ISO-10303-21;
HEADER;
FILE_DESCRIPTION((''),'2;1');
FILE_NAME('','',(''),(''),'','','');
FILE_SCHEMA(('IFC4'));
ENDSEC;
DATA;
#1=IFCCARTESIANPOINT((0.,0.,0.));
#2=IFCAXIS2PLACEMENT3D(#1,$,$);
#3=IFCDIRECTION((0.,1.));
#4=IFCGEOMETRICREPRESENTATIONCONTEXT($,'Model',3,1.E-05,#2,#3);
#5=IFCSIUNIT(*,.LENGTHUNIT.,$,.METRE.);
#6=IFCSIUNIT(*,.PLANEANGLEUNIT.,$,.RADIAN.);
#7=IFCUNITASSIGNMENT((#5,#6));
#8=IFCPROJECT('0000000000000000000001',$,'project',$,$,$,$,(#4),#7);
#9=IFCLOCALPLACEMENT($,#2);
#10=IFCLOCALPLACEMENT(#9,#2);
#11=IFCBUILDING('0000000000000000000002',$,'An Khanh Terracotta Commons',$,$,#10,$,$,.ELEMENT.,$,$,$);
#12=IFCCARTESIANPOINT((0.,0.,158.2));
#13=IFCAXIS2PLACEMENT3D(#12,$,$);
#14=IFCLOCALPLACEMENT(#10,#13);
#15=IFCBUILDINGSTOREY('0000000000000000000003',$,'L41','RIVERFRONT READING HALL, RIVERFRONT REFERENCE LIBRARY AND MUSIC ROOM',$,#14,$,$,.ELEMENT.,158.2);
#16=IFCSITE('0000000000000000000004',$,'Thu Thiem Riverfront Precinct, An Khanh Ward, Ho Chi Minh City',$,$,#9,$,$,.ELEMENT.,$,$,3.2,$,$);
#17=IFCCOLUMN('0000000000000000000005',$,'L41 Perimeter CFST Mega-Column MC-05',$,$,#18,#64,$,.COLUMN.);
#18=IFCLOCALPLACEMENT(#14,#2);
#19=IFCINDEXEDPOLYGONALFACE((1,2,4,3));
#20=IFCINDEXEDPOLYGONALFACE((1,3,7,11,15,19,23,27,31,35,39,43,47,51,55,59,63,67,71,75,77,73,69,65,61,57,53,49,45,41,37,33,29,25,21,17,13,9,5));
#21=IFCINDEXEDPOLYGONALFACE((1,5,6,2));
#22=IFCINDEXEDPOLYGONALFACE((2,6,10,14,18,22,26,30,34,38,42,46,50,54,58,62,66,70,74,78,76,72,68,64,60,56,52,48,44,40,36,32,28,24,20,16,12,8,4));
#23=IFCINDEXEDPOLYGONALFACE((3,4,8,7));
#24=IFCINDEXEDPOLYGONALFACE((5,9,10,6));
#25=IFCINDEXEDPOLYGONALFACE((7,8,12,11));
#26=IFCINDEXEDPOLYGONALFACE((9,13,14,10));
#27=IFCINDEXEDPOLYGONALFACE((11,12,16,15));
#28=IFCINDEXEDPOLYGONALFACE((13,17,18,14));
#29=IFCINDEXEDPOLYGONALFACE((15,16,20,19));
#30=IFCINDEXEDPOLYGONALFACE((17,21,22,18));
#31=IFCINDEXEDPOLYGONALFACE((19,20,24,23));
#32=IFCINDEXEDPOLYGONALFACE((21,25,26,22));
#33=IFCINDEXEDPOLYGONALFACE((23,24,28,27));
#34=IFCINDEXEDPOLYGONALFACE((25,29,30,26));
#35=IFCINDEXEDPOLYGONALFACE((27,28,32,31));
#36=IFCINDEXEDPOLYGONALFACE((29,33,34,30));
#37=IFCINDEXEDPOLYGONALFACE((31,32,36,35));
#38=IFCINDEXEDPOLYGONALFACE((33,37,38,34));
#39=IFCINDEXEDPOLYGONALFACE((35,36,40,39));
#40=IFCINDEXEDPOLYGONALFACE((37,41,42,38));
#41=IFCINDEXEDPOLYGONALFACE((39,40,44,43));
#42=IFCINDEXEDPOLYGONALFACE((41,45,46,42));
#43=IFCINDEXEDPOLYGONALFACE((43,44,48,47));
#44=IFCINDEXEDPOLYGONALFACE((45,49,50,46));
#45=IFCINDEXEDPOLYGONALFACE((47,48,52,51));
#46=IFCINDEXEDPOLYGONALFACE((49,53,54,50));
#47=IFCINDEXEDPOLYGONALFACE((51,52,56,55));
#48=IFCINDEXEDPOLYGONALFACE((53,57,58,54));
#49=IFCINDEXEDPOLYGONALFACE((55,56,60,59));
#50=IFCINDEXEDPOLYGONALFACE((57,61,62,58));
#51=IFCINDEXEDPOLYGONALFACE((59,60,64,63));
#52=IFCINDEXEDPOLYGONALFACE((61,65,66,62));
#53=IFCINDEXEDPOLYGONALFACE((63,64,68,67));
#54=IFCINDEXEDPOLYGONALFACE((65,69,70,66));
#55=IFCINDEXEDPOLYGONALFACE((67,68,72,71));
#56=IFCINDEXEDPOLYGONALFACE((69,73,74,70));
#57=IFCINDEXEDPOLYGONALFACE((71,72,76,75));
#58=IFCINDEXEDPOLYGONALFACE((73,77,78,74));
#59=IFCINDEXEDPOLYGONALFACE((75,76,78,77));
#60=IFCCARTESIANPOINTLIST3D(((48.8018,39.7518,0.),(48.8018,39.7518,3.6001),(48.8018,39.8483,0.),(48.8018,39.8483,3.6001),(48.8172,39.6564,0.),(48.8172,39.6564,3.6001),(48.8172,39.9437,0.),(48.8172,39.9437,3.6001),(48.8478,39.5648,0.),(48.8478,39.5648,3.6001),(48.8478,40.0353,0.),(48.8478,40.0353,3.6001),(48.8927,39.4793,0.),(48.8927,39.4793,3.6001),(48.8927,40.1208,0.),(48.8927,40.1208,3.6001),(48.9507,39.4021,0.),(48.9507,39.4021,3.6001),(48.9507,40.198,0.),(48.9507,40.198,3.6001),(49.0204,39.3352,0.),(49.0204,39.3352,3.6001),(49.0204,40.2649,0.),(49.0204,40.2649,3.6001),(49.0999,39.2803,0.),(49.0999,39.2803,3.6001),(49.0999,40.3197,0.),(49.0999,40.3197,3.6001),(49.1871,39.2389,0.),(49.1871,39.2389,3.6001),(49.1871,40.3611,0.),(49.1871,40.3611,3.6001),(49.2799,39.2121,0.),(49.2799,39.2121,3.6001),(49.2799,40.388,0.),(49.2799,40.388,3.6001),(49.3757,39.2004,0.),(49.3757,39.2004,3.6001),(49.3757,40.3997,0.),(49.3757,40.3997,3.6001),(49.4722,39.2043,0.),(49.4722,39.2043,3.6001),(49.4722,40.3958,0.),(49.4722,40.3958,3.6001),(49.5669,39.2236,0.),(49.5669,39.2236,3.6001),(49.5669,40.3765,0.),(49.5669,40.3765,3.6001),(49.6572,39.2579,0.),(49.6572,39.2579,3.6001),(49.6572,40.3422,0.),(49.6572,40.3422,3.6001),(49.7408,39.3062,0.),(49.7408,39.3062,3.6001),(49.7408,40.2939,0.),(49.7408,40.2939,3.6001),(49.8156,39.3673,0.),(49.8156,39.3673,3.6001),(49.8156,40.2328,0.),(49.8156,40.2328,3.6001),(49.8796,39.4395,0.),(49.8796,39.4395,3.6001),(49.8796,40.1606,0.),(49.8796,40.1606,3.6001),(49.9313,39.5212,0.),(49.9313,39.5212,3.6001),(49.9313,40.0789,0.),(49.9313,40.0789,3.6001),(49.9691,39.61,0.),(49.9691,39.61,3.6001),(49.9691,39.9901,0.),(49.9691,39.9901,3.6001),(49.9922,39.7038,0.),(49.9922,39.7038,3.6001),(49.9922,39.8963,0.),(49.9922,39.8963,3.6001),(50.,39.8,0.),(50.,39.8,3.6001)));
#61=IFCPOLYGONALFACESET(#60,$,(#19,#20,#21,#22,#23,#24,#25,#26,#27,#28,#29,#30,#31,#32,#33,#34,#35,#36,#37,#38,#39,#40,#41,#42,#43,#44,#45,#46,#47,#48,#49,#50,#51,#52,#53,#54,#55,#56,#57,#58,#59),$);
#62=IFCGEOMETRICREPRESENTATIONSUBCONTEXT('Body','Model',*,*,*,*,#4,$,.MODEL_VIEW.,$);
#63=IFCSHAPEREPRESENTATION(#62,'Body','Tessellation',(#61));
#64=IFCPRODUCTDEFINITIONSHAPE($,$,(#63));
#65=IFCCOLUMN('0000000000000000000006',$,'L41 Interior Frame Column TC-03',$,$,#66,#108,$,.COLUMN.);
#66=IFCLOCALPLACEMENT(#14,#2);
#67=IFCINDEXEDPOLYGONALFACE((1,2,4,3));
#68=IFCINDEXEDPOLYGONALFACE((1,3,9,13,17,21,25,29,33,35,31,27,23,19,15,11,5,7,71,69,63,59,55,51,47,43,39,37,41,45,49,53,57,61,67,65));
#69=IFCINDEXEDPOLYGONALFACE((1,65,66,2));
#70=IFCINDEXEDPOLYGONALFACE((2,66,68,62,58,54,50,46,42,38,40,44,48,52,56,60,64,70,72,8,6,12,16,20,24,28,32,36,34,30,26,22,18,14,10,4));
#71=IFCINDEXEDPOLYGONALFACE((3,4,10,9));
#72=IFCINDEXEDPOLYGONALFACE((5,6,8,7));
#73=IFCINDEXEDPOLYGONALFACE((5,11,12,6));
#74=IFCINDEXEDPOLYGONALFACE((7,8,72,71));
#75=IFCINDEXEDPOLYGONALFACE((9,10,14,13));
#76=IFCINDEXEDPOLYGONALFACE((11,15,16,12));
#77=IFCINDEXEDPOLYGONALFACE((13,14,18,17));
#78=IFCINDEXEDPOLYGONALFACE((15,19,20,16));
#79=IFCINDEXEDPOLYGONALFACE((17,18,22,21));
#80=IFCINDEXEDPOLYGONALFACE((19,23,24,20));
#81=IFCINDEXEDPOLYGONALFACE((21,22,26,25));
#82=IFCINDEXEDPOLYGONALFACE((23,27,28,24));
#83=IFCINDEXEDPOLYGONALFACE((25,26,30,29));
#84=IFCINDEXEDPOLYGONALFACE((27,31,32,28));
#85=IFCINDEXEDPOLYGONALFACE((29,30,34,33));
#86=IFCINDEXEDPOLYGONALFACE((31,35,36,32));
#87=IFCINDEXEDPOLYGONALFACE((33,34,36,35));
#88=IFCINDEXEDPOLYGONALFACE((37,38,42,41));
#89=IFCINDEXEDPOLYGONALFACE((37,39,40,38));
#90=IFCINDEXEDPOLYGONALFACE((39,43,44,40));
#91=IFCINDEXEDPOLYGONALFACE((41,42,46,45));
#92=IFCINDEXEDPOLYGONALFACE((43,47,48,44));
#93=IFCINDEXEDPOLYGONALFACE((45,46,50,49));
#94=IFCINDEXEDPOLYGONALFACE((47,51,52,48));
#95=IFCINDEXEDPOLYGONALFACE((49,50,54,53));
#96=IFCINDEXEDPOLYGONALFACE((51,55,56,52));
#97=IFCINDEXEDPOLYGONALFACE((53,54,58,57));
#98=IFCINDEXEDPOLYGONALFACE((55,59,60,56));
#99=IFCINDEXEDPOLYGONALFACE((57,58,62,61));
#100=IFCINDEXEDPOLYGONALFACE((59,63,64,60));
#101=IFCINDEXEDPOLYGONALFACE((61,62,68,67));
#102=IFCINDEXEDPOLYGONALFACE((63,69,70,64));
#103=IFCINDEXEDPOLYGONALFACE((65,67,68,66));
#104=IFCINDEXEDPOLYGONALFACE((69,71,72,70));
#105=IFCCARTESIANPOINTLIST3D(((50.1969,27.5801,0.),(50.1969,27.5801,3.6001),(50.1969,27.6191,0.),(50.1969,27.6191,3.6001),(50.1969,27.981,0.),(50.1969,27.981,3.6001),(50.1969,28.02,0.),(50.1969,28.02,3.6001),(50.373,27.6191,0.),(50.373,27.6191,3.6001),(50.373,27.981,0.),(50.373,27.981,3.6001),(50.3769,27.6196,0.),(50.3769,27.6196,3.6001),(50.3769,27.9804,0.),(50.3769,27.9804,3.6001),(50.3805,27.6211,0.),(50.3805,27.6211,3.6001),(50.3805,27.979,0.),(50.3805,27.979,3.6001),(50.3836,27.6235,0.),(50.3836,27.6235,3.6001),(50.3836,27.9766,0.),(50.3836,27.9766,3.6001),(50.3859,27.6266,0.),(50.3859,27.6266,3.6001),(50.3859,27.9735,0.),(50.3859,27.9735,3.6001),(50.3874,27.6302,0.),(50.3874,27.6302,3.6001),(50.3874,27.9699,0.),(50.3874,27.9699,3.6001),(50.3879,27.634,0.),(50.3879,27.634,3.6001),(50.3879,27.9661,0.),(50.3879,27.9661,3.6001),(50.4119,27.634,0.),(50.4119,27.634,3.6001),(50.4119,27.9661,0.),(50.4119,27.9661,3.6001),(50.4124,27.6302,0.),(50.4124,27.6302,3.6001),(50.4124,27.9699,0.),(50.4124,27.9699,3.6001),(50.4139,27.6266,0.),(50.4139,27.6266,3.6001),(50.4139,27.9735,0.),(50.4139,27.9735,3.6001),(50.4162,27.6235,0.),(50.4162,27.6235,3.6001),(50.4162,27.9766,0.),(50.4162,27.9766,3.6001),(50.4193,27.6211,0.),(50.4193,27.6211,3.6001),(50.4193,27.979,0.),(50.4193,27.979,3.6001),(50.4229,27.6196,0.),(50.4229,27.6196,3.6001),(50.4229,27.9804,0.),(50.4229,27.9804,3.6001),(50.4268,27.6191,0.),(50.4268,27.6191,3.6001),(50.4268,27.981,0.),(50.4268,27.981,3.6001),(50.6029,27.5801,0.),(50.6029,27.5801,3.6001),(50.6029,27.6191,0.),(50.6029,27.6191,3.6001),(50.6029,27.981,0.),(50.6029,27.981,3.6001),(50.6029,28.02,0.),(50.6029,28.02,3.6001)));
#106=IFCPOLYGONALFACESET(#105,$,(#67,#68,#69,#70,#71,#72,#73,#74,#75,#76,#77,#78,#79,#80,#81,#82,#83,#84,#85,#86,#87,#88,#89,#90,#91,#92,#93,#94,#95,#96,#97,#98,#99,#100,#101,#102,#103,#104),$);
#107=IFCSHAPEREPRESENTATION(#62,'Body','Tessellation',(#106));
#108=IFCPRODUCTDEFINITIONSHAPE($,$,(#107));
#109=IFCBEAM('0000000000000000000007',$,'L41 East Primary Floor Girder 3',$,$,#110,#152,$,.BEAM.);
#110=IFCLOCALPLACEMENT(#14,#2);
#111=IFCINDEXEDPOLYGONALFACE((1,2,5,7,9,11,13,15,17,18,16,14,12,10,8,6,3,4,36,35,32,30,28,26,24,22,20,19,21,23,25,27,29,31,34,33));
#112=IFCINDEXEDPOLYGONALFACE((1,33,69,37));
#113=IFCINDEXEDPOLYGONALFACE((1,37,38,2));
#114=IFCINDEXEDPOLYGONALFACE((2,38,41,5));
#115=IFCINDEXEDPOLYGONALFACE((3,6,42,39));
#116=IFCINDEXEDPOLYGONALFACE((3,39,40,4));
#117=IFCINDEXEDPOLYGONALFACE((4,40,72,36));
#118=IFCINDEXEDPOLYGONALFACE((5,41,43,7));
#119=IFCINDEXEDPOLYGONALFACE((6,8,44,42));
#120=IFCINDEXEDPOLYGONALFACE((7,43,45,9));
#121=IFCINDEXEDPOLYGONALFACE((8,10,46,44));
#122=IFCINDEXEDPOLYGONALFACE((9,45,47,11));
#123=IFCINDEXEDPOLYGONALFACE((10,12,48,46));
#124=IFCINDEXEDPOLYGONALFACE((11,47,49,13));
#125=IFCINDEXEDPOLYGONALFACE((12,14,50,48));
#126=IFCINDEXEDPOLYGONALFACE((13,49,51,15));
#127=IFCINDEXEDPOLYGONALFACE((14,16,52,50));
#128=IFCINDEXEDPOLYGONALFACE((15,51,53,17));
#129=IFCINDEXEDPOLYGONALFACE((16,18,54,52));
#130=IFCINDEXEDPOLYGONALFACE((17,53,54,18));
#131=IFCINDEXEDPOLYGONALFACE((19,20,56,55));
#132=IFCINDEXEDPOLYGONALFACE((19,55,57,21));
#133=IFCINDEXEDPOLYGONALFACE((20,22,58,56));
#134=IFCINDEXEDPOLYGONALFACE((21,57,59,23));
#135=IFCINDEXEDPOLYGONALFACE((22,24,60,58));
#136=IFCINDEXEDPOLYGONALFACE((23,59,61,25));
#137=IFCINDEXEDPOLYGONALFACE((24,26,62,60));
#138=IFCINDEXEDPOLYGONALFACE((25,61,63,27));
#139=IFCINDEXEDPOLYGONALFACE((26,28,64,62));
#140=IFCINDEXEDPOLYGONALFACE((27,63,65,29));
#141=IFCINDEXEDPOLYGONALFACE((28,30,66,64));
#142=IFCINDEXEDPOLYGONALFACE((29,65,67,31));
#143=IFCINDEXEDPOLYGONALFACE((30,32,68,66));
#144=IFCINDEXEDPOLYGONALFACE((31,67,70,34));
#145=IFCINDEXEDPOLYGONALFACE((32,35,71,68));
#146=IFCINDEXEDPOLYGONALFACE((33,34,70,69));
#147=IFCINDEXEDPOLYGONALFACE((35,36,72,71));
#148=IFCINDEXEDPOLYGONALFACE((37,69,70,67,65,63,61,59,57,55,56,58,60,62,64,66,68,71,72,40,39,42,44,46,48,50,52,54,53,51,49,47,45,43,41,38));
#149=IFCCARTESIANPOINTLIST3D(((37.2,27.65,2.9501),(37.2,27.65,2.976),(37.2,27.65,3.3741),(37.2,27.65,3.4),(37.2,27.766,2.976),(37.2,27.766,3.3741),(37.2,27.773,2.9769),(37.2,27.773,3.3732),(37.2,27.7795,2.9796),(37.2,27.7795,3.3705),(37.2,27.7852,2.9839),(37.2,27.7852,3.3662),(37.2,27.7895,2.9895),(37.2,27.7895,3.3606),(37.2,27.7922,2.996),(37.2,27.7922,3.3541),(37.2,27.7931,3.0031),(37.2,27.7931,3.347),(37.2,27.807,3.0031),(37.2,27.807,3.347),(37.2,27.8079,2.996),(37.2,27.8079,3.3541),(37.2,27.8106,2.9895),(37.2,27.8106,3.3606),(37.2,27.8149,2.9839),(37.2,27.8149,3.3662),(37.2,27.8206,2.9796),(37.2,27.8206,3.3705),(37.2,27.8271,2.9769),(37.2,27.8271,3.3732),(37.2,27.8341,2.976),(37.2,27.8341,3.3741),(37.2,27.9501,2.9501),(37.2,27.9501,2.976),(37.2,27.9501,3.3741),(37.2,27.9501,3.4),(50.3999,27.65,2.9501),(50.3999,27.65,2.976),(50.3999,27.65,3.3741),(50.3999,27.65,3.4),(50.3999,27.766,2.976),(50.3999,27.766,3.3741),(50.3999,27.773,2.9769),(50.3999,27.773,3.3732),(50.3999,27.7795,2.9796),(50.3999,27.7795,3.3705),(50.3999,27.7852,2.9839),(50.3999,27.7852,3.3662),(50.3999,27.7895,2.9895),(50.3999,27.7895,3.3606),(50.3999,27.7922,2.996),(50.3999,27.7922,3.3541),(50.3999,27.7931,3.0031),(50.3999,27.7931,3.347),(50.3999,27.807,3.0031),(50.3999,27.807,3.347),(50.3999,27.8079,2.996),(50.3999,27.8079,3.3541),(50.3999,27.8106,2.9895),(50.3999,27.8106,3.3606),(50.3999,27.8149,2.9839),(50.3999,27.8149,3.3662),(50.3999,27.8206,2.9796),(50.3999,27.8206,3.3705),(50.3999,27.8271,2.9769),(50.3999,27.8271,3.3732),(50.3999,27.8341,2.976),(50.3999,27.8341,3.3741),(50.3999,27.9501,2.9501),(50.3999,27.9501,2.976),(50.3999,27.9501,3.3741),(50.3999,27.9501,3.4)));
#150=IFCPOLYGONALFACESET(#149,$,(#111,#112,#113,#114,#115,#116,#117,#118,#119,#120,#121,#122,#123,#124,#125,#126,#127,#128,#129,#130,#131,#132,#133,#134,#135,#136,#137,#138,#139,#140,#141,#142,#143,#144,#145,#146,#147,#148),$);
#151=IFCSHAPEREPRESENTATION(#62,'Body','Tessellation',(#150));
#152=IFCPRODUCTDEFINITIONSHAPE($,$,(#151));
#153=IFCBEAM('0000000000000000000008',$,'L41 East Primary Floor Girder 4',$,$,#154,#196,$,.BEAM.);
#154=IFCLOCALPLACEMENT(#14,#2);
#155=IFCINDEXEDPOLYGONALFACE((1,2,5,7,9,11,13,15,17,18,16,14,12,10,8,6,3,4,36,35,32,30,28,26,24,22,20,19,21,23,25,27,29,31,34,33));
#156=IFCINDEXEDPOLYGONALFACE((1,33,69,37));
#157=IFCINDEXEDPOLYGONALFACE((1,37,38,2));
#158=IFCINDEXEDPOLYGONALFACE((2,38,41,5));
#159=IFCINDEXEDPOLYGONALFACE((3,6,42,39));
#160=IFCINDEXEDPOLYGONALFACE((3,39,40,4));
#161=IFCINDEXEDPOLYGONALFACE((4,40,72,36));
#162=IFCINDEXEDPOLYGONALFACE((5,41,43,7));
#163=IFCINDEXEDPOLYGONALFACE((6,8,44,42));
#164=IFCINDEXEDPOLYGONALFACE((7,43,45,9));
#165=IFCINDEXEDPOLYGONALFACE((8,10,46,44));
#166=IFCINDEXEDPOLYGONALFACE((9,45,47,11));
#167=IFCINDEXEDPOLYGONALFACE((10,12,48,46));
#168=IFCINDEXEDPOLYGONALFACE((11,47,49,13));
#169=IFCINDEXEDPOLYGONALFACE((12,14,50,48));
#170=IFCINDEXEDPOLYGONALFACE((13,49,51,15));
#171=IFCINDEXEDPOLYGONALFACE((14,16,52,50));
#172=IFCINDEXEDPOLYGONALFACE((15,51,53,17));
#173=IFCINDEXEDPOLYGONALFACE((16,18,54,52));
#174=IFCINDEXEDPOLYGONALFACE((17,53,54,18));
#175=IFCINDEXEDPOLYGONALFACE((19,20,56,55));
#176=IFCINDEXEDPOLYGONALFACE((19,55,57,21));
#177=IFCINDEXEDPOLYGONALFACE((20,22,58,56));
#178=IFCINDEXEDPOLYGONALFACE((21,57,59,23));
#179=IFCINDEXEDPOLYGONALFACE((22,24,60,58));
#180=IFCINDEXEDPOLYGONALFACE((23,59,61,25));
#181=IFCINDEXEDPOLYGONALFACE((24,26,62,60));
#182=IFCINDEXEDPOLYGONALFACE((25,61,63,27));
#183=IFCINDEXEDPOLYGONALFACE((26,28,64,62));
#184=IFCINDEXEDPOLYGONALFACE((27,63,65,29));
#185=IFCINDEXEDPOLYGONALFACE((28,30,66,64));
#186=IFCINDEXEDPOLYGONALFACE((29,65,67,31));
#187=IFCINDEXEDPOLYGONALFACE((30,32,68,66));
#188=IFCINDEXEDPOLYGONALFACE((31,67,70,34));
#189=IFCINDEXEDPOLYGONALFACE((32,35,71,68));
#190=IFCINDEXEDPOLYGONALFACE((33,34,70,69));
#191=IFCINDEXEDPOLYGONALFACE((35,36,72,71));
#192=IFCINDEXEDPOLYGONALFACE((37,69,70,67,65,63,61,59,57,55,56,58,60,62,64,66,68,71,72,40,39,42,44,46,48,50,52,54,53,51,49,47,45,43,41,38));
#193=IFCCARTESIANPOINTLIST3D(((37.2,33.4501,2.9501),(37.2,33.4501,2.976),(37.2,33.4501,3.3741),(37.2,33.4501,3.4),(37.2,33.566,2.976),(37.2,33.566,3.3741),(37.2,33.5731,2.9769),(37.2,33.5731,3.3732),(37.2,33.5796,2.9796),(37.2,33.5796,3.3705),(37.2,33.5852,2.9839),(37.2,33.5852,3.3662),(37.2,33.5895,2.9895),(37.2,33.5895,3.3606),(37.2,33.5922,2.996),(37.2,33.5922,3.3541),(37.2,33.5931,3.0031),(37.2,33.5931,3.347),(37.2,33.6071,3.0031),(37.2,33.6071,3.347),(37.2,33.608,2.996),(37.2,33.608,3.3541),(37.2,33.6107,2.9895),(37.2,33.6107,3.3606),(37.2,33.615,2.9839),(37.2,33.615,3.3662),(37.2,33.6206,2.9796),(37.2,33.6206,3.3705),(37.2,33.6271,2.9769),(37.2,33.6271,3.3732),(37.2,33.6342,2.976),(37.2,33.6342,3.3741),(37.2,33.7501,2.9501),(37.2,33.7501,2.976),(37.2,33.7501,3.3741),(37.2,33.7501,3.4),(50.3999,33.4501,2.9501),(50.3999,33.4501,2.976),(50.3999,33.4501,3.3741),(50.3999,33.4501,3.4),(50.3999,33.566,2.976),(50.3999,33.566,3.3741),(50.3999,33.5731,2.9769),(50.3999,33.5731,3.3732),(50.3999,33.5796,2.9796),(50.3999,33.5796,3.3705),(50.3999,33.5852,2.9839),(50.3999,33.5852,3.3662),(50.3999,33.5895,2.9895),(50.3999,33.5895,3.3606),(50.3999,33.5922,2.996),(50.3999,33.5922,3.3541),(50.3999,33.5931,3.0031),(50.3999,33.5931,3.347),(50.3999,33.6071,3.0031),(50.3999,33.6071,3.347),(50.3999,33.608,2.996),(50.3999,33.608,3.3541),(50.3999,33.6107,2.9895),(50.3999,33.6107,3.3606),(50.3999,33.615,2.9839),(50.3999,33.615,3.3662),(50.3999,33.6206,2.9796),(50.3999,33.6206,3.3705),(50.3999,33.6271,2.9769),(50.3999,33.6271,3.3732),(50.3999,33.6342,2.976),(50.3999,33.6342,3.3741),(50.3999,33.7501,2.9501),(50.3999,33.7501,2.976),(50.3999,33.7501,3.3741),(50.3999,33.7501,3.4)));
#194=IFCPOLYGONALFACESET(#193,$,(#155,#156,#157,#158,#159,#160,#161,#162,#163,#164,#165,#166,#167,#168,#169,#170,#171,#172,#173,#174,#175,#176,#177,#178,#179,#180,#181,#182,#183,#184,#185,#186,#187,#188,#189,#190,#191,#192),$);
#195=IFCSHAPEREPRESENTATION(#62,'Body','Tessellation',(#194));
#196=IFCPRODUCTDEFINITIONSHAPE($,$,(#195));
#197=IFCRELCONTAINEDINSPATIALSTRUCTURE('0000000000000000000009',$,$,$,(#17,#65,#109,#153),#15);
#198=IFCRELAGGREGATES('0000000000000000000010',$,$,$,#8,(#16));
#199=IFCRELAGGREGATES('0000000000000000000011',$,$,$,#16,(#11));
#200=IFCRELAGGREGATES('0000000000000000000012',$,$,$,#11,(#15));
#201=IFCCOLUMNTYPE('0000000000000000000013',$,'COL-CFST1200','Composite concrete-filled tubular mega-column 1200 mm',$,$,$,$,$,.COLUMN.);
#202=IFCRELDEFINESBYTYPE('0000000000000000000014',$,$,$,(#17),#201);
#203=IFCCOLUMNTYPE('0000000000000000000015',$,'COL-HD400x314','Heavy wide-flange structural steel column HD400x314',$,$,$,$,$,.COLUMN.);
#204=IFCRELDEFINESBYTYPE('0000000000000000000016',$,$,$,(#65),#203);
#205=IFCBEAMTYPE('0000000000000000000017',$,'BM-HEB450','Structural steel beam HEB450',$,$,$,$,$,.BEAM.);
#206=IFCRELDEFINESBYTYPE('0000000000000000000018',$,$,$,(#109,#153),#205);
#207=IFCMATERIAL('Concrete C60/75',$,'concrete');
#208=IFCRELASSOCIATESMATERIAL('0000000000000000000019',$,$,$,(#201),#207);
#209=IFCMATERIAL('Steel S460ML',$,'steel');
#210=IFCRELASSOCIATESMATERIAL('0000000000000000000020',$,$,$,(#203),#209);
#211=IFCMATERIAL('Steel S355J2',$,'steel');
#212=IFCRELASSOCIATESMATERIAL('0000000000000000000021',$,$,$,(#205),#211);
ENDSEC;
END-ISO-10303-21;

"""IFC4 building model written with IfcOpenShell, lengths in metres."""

from ifc_helpers import new_model, si_unit, direction, frame, origin, origin_2d, place, context, subcontext, project, spatial, circle, i_section, extrude, material, material_profile, profile_set, type_object, element, save


model = new_model("IFC4")

# Units and contexts
model_context = context("Model", 3, precision=1e-05, world=origin(), true_north=direction((0.0, 1.0)))
body_context = subcontext(model_context, "Body", "Model", "MODEL_VIEW")
ifc_project = project(units=[si_unit("LENGTHUNIT", "METRE"), si_unit("PLANEANGLEUNIT", "RADIAN")], contexts=[model_context])

# Site, building, storey
site_placement = place(None, origin())
site = spatial("IfcSite", under=ifc_project, at=site_placement, Name="Thu Thiem Riverfront Precinct, An Khanh Ward, Ho Chi Minh City", CompositionType="ELEMENT", RefElevation=3.2)
building_placement = place(site_placement, origin())
building = spatial("IfcBuilding", under=site, at=building_placement, Name="An Khanh Terracotta Commons", CompositionType="ELEMENT")
storey_placement = place(building_placement, frame((0.0, 0.0, 158.2)))
storey = spatial("IfcBuildingStorey", under=building, at=storey_placement, Name="L41", Description="RIVERFRONT READING HALL, RIVERFRONT REFERENCE LIBRARY AND MUSIC ROOM", CompositionType="ELEMENT", Elevation=158.2)

# Columns
ifc_material_1 = material(Name="Concrete C60/75", Category="concrete")
ifc_material_profile_1 = material_profile(ifc_material_1, circle(Radius=0.6001, at=origin_2d()), Name="CFST1200")
ifc_profile_set_1 = profile_set([ifc_material_profile_1], Name="Concrete C60/75")
column_type_1 = type_object("IfcColumnType", Name="COL-CFST1200", Description="Composite concrete-filled tubular mega-column 1200 mm", PredefinedType="COLUMN", material=ifc_profile_set_1)
column_1_placement = place(storey_placement, frame((49.3999, 39.8, 0.0), z_axis=(0.0, 0.0, 1.0), x_axis=(1.0, 0.0, 0.0)))
element("IfcColumn", 1, at=column_1_placement, inside=storey, type_object=column_type_1, Name="L41 Perimeter CFST Mega-Column MC-05", PredefinedType="COLUMN", context=body_context, shape_type="SweptSolid", body=[
    extrude(circle(Radius=0.6001, at=origin_2d()), origin(), (0.0, 0.0, 1.0), 3.6001),
])
ifc_material_2 = material(Name="Steel S460ML", Category="steel")
ifc_material_profile_2 = material_profile(ifc_material_2, i_section(OverallWidth=0.406, OverallDepth=0.4399, WebThickness=0.0239, FlangeThickness=0.0391, FilletRadius=0.0149, at=origin_2d()), Name="HD400x314")
ifc_profile_set_2 = profile_set([ifc_material_profile_2], Name="Steel S460ML")
column_type_2 = type_object("IfcColumnType", Name="COL-HD400x314", Description="Heavy wide-flange structural steel column HD400x314", PredefinedType="COLUMN", material=ifc_profile_set_2)
column_2_placement = place(storey_placement, frame((50.3999, 27.8, 0.0), z_axis=(0.0, 0.0, 1.0), x_axis=(1.0, 0.0, 0.0)))
element("IfcColumn", 2, at=column_2_placement, inside=storey, type_object=column_type_2, Name="L41 Interior Frame Column TC-03", PredefinedType="COLUMN", context=body_context, shape_type="SweptSolid", body=[
    extrude(i_section(OverallWidth=0.406, OverallDepth=0.4399, WebThickness=0.0239, FlangeThickness=0.0391, FilletRadius=0.0149, at=origin_2d()), origin(), (0.0, 0.0, 1.0), 3.6001),
])

# Beams
ifc_material_3 = material(Name="Steel S355J2", Category="steel")
ifc_material_profile_3 = material_profile(ifc_material_3, i_section(OverallWidth=0.3, OverallDepth=0.45, WebThickness=0.0139, FlangeThickness=0.0259, FilletRadius=0.0271, at=origin_2d()), Name="HEB450")
ifc_profile_set_3 = profile_set([ifc_material_profile_3], Name="Steel S355J2")
beam_type_1 = type_object("IfcBeamType", Name="BM-HEB450", Description="Structural steel beam HEB450", PredefinedType="BEAM", material=ifc_profile_set_3)
for number, where, z_axis, x_axis, name in (
    (3, (37.2, 27.8, 3.175), (1.0, 0.0, 0.0), (0.0, 1.0, 0.0), "L41 East Primary Floor Girder 3"),
    (4, (37.2, 33.6001, 3.175), (1.0, 0.0, 0.0), (0.0, 1.0, 0.0), "L41 East Primary Floor Girder 4"),
):
    element("IfcBeam", number, at=place(storey_placement, frame(where, z_axis=z_axis, x_axis=x_axis)), inside=storey, type_object=beam_type_1, Name=name, PredefinedType="BEAM", context=body_context, shape_type="SweptSolid", body=[
        extrude(i_section(OverallWidth=0.3, OverallDepth=0.45, WebThickness=0.0139, FlangeThickness=0.0259, FilletRadius=0.0271, at=origin_2d()), origin(), (0.0, 0.0, 1.0), 13.2),
    ])

save(model, "model.ifc")
